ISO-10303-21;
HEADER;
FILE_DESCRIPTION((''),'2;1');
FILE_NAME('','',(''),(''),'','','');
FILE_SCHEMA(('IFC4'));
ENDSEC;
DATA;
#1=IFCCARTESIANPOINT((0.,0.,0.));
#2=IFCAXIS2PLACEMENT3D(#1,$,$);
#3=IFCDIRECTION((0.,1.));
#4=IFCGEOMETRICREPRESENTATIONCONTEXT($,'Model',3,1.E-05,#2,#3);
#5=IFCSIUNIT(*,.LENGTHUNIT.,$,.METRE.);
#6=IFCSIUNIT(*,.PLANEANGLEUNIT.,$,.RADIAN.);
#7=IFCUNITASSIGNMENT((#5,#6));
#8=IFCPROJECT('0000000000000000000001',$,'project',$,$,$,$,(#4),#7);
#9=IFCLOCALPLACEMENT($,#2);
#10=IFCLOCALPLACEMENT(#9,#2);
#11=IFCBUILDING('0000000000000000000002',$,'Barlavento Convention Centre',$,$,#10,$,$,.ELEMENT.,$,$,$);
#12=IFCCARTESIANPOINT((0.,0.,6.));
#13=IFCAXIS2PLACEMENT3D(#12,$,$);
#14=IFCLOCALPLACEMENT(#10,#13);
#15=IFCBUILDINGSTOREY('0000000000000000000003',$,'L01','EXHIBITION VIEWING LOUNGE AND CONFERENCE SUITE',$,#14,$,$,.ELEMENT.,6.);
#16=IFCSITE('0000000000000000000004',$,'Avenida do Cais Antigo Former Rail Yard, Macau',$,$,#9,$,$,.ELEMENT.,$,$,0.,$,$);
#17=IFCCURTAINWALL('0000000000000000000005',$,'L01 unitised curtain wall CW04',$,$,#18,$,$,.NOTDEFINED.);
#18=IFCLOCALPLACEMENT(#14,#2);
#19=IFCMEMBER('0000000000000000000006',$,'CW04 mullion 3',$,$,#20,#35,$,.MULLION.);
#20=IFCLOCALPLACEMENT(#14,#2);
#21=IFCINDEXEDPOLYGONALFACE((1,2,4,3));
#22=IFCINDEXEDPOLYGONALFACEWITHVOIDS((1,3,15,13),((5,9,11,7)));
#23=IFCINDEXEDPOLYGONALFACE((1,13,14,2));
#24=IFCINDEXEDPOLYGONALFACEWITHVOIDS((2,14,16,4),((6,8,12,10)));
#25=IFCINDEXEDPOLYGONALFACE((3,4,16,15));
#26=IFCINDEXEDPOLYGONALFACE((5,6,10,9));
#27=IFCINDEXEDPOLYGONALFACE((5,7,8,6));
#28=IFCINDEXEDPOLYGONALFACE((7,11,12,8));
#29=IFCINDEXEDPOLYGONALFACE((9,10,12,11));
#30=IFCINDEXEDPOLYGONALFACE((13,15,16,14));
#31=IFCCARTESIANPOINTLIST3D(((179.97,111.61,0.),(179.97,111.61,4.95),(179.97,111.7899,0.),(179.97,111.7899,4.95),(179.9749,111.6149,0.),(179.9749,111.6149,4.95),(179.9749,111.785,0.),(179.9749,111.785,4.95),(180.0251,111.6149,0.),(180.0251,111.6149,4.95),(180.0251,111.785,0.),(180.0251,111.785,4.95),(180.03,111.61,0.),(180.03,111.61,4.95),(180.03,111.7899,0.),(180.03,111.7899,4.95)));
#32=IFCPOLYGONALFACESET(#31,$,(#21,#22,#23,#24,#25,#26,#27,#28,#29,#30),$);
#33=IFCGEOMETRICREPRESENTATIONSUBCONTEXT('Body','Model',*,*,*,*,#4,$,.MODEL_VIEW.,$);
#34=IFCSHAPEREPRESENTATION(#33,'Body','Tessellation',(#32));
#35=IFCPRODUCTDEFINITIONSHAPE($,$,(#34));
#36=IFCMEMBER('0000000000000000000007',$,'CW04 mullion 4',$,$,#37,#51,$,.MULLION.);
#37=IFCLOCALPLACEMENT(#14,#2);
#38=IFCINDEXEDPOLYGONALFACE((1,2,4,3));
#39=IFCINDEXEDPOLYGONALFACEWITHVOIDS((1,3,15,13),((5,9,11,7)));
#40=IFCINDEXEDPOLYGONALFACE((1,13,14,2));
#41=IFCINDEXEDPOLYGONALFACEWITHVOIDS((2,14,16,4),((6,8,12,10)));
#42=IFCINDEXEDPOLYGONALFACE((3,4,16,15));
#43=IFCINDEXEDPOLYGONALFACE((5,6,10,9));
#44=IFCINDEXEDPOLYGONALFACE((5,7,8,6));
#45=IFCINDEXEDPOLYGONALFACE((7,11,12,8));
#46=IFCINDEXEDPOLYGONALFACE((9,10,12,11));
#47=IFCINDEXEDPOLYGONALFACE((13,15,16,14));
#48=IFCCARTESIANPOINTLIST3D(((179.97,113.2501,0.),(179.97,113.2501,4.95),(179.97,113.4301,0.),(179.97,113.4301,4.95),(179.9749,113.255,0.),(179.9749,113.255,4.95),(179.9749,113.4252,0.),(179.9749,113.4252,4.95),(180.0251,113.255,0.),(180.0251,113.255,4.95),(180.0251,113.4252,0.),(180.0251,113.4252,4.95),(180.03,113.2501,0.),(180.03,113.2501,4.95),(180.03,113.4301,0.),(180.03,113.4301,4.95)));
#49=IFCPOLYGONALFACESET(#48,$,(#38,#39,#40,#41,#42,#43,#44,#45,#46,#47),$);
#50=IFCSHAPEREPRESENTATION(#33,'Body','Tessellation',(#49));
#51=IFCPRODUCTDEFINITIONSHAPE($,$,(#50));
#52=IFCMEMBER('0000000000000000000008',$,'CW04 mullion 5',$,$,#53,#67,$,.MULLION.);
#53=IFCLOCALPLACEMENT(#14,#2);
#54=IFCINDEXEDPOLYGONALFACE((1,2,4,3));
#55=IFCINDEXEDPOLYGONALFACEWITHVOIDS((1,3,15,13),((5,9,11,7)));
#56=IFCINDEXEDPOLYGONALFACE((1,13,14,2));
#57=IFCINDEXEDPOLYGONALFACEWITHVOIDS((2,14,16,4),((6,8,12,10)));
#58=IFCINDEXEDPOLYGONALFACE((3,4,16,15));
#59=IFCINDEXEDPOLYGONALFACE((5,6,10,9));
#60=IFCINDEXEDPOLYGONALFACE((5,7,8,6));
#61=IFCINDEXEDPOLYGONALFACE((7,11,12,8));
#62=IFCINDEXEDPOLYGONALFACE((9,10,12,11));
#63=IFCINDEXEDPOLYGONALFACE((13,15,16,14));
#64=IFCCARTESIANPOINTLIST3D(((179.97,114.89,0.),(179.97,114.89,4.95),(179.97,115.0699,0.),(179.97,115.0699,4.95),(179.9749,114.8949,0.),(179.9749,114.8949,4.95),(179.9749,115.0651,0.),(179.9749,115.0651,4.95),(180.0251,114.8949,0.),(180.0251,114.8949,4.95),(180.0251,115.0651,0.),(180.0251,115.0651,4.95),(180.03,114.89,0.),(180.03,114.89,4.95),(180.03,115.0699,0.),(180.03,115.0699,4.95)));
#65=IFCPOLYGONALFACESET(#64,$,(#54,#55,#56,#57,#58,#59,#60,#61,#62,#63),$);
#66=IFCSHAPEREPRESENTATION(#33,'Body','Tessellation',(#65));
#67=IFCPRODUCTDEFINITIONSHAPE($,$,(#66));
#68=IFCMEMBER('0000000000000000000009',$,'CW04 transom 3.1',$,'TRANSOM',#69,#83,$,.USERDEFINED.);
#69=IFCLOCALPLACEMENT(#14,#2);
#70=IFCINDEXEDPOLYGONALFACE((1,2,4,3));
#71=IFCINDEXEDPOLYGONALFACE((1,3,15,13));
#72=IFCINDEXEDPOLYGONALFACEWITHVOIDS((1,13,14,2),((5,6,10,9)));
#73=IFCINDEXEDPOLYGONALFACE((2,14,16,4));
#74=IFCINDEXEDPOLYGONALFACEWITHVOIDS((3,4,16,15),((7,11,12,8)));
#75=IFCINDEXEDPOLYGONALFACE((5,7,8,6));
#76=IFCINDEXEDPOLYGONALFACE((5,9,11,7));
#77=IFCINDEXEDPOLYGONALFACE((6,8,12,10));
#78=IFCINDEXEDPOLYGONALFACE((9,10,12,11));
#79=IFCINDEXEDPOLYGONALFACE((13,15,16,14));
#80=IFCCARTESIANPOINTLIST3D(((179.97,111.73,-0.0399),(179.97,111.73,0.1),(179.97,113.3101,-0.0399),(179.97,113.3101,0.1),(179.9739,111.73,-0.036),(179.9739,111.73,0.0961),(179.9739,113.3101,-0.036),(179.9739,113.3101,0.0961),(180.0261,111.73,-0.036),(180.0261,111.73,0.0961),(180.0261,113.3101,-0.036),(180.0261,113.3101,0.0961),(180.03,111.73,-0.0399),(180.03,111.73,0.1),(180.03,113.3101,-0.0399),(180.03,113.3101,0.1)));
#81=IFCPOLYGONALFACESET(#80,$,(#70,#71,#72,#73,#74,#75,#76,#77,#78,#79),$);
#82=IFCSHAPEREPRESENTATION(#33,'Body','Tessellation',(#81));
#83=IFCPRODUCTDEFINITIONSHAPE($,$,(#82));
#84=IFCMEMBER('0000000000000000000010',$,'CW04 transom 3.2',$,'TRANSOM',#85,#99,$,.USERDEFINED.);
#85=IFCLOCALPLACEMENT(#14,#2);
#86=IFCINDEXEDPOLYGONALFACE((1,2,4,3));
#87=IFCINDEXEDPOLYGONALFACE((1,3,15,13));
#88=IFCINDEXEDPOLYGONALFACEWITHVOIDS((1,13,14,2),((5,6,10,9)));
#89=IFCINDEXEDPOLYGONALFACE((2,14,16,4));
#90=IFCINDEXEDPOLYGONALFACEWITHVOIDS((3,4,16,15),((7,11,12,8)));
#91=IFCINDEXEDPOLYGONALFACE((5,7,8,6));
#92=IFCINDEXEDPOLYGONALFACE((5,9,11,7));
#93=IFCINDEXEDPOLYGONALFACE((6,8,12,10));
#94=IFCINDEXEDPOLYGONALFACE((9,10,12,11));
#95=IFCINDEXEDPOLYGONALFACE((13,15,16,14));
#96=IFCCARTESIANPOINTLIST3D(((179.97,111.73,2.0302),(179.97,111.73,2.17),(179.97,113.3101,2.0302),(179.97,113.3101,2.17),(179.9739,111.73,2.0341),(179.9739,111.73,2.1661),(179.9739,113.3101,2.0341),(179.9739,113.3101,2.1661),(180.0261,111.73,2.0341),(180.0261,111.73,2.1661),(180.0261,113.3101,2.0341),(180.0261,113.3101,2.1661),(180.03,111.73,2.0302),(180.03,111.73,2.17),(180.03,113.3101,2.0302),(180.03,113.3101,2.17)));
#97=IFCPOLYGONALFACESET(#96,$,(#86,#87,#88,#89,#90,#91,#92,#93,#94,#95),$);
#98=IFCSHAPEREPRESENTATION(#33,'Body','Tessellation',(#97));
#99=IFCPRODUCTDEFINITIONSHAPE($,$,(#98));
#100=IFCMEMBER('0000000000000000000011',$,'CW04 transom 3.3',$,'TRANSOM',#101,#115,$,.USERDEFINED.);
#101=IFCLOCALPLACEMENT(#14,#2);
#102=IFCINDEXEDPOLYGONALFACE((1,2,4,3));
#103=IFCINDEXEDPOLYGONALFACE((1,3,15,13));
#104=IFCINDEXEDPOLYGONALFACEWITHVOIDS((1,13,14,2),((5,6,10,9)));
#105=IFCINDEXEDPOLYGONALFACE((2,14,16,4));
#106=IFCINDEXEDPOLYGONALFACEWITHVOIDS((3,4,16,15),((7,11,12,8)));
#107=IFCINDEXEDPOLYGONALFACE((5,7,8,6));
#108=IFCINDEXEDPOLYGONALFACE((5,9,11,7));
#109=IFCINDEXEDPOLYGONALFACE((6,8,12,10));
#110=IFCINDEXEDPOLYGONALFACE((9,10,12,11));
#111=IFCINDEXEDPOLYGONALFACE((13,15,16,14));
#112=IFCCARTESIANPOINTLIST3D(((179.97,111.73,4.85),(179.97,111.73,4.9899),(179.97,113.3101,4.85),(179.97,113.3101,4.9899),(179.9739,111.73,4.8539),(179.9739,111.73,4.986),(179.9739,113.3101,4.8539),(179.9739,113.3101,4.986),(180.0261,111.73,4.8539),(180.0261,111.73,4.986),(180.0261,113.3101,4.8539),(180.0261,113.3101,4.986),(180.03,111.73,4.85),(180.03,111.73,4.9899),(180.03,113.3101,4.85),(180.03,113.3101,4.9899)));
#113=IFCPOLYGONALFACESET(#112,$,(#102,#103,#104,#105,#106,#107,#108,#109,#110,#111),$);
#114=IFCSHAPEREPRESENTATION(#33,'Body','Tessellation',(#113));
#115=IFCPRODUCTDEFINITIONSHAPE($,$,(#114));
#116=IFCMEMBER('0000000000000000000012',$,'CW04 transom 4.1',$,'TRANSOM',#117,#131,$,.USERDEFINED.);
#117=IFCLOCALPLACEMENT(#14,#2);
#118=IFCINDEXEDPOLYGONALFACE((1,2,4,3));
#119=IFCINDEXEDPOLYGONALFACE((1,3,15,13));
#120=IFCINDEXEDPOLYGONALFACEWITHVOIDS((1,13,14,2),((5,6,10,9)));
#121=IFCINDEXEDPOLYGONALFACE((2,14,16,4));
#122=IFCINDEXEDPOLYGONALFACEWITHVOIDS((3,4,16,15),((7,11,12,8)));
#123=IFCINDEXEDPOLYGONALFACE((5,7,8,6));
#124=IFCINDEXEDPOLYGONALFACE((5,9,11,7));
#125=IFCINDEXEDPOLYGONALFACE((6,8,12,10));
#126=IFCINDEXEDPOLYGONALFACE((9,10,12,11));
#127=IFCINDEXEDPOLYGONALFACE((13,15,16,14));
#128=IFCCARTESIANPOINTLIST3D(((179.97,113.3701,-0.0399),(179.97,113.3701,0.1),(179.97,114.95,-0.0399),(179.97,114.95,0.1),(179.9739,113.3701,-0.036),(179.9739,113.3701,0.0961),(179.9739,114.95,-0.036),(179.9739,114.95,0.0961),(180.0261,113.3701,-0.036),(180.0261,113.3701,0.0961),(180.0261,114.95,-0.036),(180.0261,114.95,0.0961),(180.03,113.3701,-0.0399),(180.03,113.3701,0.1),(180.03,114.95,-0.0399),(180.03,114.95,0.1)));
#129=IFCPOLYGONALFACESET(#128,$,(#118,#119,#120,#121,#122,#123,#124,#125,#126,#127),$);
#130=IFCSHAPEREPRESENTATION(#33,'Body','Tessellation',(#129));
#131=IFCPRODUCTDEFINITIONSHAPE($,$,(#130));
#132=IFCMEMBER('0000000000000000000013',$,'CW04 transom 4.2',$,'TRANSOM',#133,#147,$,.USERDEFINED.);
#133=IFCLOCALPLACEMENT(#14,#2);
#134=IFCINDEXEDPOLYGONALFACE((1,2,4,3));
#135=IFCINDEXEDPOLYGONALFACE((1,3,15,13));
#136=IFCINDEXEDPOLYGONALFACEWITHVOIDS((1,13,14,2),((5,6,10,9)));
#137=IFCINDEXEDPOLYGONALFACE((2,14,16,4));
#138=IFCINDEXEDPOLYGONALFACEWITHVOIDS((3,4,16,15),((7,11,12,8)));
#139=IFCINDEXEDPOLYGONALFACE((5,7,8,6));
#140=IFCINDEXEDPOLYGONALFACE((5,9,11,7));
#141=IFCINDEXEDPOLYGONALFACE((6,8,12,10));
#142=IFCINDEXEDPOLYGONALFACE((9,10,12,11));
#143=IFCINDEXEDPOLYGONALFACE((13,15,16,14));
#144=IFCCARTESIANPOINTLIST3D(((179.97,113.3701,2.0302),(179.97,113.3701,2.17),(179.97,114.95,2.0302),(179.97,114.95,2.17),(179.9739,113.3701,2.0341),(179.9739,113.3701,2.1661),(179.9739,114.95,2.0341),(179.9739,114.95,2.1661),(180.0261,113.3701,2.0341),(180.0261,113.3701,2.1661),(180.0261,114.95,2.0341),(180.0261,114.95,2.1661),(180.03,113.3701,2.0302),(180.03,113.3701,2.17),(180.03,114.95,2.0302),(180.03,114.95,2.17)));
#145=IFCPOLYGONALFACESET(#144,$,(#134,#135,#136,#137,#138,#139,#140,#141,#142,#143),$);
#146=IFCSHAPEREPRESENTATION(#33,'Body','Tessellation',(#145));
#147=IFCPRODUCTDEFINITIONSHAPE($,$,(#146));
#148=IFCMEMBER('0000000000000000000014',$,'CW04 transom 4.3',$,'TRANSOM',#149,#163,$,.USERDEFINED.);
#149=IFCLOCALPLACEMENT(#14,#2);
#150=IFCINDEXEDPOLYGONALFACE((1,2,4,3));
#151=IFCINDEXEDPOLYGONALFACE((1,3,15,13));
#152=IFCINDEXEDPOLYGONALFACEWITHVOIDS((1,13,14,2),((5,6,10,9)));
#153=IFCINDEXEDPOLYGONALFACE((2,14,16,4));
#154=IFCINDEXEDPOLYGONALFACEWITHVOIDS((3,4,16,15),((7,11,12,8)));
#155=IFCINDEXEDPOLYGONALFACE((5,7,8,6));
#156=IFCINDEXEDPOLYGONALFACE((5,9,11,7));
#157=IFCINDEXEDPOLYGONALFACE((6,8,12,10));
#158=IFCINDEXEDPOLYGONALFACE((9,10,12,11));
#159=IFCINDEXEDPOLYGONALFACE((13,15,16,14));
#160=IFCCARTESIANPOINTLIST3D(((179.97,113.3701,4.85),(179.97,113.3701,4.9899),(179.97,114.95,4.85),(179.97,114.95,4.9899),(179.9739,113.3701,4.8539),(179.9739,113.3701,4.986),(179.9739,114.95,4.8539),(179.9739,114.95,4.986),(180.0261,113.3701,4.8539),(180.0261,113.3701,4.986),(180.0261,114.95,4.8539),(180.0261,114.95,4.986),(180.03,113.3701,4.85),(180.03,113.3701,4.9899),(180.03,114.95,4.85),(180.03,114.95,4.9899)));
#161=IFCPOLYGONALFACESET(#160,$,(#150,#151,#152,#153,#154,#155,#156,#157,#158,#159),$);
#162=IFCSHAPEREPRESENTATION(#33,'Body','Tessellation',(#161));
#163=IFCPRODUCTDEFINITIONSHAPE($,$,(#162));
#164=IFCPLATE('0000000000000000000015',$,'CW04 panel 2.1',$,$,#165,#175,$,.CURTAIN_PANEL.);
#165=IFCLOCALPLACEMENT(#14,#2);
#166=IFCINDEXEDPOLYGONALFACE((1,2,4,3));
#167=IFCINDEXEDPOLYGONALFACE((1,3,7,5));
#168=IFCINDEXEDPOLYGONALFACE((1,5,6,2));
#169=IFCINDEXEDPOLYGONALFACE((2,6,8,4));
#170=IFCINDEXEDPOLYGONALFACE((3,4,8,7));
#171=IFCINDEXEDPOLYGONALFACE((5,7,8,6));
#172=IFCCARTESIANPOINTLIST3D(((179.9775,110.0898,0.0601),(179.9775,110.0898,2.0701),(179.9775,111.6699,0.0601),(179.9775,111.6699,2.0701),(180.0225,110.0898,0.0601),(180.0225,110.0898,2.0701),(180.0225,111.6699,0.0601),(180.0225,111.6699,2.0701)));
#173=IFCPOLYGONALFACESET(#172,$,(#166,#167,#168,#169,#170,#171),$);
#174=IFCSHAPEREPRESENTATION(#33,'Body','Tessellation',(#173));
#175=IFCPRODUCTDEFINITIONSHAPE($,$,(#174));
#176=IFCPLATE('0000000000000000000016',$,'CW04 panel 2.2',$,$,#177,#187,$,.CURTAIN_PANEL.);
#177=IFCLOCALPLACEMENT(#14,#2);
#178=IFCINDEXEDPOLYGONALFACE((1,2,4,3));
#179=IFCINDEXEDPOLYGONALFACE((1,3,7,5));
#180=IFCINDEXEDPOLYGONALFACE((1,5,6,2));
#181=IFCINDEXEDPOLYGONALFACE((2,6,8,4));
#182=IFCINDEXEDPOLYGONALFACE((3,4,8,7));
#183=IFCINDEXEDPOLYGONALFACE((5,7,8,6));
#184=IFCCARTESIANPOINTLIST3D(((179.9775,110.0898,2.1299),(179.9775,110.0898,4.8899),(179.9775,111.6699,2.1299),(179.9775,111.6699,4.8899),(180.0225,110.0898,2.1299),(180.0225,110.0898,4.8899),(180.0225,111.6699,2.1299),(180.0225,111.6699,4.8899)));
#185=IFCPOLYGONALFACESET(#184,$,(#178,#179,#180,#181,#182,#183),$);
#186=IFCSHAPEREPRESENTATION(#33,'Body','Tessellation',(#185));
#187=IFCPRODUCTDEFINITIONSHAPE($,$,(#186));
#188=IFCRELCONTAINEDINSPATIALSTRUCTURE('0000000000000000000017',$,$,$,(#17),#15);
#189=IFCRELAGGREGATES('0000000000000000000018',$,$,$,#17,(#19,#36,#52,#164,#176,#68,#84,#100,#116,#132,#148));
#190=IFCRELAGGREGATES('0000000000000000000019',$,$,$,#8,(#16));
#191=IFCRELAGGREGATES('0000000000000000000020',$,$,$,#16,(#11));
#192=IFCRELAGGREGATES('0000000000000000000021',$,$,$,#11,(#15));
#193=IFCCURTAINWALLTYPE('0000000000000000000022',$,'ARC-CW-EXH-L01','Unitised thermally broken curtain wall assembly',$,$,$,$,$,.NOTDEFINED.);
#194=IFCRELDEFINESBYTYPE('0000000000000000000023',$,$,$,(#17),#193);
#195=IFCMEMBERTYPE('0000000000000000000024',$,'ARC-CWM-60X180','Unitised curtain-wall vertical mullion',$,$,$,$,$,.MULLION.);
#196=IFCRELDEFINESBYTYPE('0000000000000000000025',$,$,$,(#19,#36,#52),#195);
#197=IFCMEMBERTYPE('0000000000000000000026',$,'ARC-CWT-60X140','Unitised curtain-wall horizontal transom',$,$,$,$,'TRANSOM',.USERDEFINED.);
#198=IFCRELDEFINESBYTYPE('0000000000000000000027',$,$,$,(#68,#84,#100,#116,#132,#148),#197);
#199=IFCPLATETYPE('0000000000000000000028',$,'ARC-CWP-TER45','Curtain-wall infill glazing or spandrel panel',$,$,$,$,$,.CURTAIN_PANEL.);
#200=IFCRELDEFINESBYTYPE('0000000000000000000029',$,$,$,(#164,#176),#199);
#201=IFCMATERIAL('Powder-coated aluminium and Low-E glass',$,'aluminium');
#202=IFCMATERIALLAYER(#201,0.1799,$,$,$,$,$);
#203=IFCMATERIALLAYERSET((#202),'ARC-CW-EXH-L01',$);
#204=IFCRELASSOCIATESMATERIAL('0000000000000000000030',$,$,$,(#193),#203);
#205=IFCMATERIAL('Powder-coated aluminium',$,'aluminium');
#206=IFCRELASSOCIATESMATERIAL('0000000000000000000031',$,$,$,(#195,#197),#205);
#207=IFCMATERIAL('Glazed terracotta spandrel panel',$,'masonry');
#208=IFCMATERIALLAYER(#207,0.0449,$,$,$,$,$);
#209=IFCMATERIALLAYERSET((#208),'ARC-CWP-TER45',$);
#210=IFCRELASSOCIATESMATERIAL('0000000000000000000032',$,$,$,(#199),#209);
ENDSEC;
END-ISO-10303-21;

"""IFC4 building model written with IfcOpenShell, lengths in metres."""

from ifc_helpers import new_model, si_unit, direction, frame, origin, origin_2d, place, context, subcontext, project, spatial, rectangle, hollow_rectangle, extrude, material, layer, layer_set, material_profile, profile_set, type_object, element, aggregate, save


model = new_model("IFC4")

# Units and contexts
model_context = context("Model", 3, precision=1e-05, world=origin(), true_north=direction((0.0, 1.0)))
body_context = subcontext(model_context, "Body", "Model", "MODEL_VIEW")
ifc_project = project(units=[si_unit("LENGTHUNIT", "METRE"), si_unit("PLANEANGLEUNIT", "RADIAN")], contexts=[model_context])

# Site, building, storey
site_placement = place(None, origin())
site = spatial("IfcSite", under=ifc_project, at=site_placement, Name="Avenida do Cais Antigo Former Rail Yard, Macau", CompositionType="ELEMENT", RefElevation=0.0)
building_placement = place(site_placement, origin())
building = spatial("IfcBuilding", under=site, at=building_placement, Name="Barlavento Convention Centre", CompositionType="ELEMENT")
storey_placement = place(building_placement, frame((0.0, 0.0, 6.0)))
storey = spatial("IfcBuildingStorey", under=building, at=storey_placement, Name="L01", Description="EXHIBITION VIEWING LOUNGE AND CONFERENCE SUITE", CompositionType="ELEMENT", Elevation=6.0)

# Curtain wall, members, plates
ifc_material_1 = material(Name="Powder-coated aluminium and Low-E glass", Category="aluminium")
ifc_layer_1 = layer(ifc_material_1, 0.1799)
ifc_layer_set_1 = layer_set([ifc_layer_1], Name="ARC-CW-EXH-L01")
curtain_wall_type = type_object("IfcCurtainWallType", Name="ARC-CW-EXH-L01", Description="Unitised thermally broken curtain wall assembly", PredefinedType="NOTDEFINED", material=ifc_layer_set_1)
curtain_wall_placement = place(storey_placement, origin())
curtain_wall = element("IfcCurtainWall", 1, at=curtain_wall_placement, inside=storey, type_object=curtain_wall_type, Name="L01 unitised curtain wall CW04", PredefinedType="NOTDEFINED")
ifc_material_2 = material(Name="Powder-coated aluminium", Category="aluminium")
ifc_material_profile_1 = material_profile(ifc_material_2, hollow_rectangle(XDim=0.0601, YDim=0.1799, WallThickness=0.0049, at=origin_2d()), Name="AL-MULL 60x180x5")
ifc_profile_set_1 = profile_set([ifc_material_profile_1], Name="Powder-coated aluminium")
member_type_1 = type_object("IfcMemberType", Name="ARC-CWM-60X180", Description="Unitised curtain-wall vertical mullion", PredefinedType="MULLION", material=ifc_profile_set_1)
member_1_placement = place(storey_placement, frame((180.0, 111.7, 0.0), z_axis=(0.0, 0.0, 1.0), x_axis=(-1.0, 0.0, 0.0)))
member_1 = element("IfcMember", 2, at=member_1_placement, type_object=member_type_1, Name="CW04 mullion 3", PredefinedType="MULLION", context=body_context, shape_type="SweptSolid", body=[
    extrude(hollow_rectangle(XDim=0.0601, YDim=0.1799, WallThickness=0.0049, at=origin_2d()), origin(), (0.0, 0.0, 1.0), 4.95),
])
member_2_placement = place(storey_placement, frame((180.0, 113.3401, 0.0), z_axis=(0.0, 0.0, 1.0), x_axis=(-1.0, 0.0, 0.0)))
member_2 = element("IfcMember", 3, at=member_2_placement, type_object=member_type_1, Name="CW04 mullion 4", PredefinedType="MULLION", context=body_context, shape_type="SweptSolid", body=[
    extrude(hollow_rectangle(XDim=0.0601, YDim=0.1799, WallThickness=0.0049, at=origin_2d()), origin(), (0.0, 0.0, 1.0), 4.95),
])
member_3_placement = place(storey_placement, frame((180.0, 114.98, 0.0), z_axis=(0.0, 0.0, 1.0), x_axis=(-1.0, 0.0, 0.0)))
member_3 = element("IfcMember", 4, at=member_3_placement, type_object=member_type_1, Name="CW04 mullion 5", PredefinedType="MULLION", context=body_context, shape_type="SweptSolid", body=[
    extrude(hollow_rectangle(XDim=0.0601, YDim=0.1799, WallThickness=0.0049, at=origin_2d()), origin(), (0.0, 0.0, 1.0), 4.95),
])
ifc_material_profile_2 = material_profile(ifc_material_2, hollow_rectangle(XDim=0.0601, YDim=0.1399, WallThickness=0.0039, at=origin_2d()), Name="AL-TRAN 60x140x4")
ifc_profile_set_2 = profile_set([ifc_material_profile_2], Name="Powder-coated aluminium")
member_type_2 = type_object("IfcMemberType", Name="ARC-CWT-60X140", Description="Unitised curtain-wall horizontal transom", ElementType="TRANSOM", PredefinedType="USERDEFINED", material=ifc_profile_set_2)
member_4_placement = place(storey_placement, frame((180.0, 111.73, 0.03), z_axis=(0.0, 1.0, 0.0), x_axis=(-1.0, 0.0, 0.0)))
member_4 = element("IfcMember", 5, at=member_4_placement, type_object=member_type_2, Name="CW04 transom 3.1", ObjectType="TRANSOM", PredefinedType="USERDEFINED", context=body_context, shape_type="SweptSolid", body=[
    extrude(hollow_rectangle(XDim=0.0601, YDim=0.1399, WallThickness=0.0039, at=origin_2d()), origin(), (0.0, 0.0, 1.0), 1.5801),
])
member_5_placement = place(storey_placement, frame((180.0, 111.73, 2.1001), z_axis=(0.0, 1.0, 0.0), x_axis=(-1.0, 0.0, 0.0)))
member_5 = element("IfcMember", 6, at=member_5_placement, type_object=member_type_2, Name="CW04 transom 3.2", ObjectType="TRANSOM", PredefinedType="USERDEFINED", context=body_context, shape_type="SweptSolid", body=[
    extrude(hollow_rectangle(XDim=0.0601, YDim=0.1399, WallThickness=0.0039, at=origin_2d()), origin(), (0.0, 0.0, 1.0), 1.5801),
])
member_6_placement = place(storey_placement, frame((180.0, 111.73, 4.9199), z_axis=(0.0, 1.0, 0.0), x_axis=(-1.0, 0.0, 0.0)))
member_6 = element("IfcMember", 7, at=member_6_placement, type_object=member_type_2, Name="CW04 transom 3.3", ObjectType="TRANSOM", PredefinedType="USERDEFINED", context=body_context, shape_type="SweptSolid", body=[
    extrude(hollow_rectangle(XDim=0.0601, YDim=0.1399, WallThickness=0.0039, at=origin_2d()), origin(), (0.0, 0.0, 1.0), 1.5801),
])
member_7_placement = place(storey_placement, frame((180.0, 113.3701, 0.03), z_axis=(0.0, 1.0, 0.0), x_axis=(-1.0, 0.0, 0.0)))
member_7 = element("IfcMember", 8, at=member_7_placement, type_object=member_type_2, Name="CW04 transom 4.1", ObjectType="TRANSOM", PredefinedType="USERDEFINED", context=body_context, shape_type="SweptSolid", body=[
    extrude(hollow_rectangle(XDim=0.0601, YDim=0.1399, WallThickness=0.0039, at=origin_2d()), origin(), (0.0, 0.0, 1.0), 1.5798),
])
member_8_placement = place(storey_placement, frame((180.0, 113.3701, 2.1001), z_axis=(0.0, 1.0, 0.0), x_axis=(-1.0, 0.0, 0.0)))
member_8 = element("IfcMember", 9, at=member_8_placement, type_object=member_type_2, Name="CW04 transom 4.2", ObjectType="TRANSOM", PredefinedType="USERDEFINED", context=body_context, shape_type="SweptSolid", body=[
    extrude(hollow_rectangle(XDim=0.0601, YDim=0.1399, WallThickness=0.0039, at=origin_2d()), origin(), (0.0, 0.0, 1.0), 1.5798),
])
member_9_placement = place(storey_placement, frame((180.0, 113.3701, 4.9199), z_axis=(0.0, 1.0, 0.0), x_axis=(-1.0, 0.0, 0.0)))
member_9 = element("IfcMember", 10, at=member_9_placement, type_object=member_type_2, Name="CW04 transom 4.3", ObjectType="TRANSOM", PredefinedType="USERDEFINED", context=body_context, shape_type="SweptSolid", body=[
    extrude(hollow_rectangle(XDim=0.0601, YDim=0.1399, WallThickness=0.0039, at=origin_2d()), origin(), (0.0, 0.0, 1.0), 1.5798),
])
ifc_material_3 = material(Name="Glazed terracotta spandrel panel", Category="masonry")
ifc_layer_2 = layer(ifc_material_3, 0.0449)
ifc_layer_set_2 = layer_set([ifc_layer_2], Name="ARC-CWP-TER45")
plate_type = type_object("IfcPlateType", Name="ARC-CWP-TER45", Description="Curtain-wall infill glazing or spandrel panel", PredefinedType="CURTAIN_PANEL", material=ifc_layer_set_2)
plate_1_placement = place(storey_placement, frame((180.0, 110.8799, 0.0601), z_axis=(0.0, 0.0, 1.0), x_axis=(0.0, 1.0, 0.0)))
plate_1 = element("IfcPlate", 11, at=plate_1_placement, type_object=plate_type, Name="CW04 panel 2.1", PredefinedType="CURTAIN_PANEL", context=body_context, shape_type="SweptSolid", body=[
    extrude(rectangle(XDim=1.5801, YDim=0.0449, at=origin_2d()), origin(), (0.0, 0.0, 1.0), 2.01),
])
plate_2_placement = place(storey_placement, frame((180.0, 110.8799, 2.1299), z_axis=(0.0, 0.0, 1.0), x_axis=(0.0, 1.0, 0.0)))
plate_2 = element("IfcPlate", 12, at=plate_2_placement, type_object=plate_type, Name="CW04 panel 2.2", PredefinedType="CURTAIN_PANEL", context=body_context, shape_type="SweptSolid", body=[
    extrude(rectangle(XDim=1.5801, YDim=0.0449, at=origin_2d()), origin(), (0.0, 0.0, 1.0), 2.76),
])
aggregate(curtain_wall, [member_1, member_2, member_3, plate_1, plate_2, member_4, member_5, member_6, member_7, member_8, member_9])

save(model, "model.ifc")
